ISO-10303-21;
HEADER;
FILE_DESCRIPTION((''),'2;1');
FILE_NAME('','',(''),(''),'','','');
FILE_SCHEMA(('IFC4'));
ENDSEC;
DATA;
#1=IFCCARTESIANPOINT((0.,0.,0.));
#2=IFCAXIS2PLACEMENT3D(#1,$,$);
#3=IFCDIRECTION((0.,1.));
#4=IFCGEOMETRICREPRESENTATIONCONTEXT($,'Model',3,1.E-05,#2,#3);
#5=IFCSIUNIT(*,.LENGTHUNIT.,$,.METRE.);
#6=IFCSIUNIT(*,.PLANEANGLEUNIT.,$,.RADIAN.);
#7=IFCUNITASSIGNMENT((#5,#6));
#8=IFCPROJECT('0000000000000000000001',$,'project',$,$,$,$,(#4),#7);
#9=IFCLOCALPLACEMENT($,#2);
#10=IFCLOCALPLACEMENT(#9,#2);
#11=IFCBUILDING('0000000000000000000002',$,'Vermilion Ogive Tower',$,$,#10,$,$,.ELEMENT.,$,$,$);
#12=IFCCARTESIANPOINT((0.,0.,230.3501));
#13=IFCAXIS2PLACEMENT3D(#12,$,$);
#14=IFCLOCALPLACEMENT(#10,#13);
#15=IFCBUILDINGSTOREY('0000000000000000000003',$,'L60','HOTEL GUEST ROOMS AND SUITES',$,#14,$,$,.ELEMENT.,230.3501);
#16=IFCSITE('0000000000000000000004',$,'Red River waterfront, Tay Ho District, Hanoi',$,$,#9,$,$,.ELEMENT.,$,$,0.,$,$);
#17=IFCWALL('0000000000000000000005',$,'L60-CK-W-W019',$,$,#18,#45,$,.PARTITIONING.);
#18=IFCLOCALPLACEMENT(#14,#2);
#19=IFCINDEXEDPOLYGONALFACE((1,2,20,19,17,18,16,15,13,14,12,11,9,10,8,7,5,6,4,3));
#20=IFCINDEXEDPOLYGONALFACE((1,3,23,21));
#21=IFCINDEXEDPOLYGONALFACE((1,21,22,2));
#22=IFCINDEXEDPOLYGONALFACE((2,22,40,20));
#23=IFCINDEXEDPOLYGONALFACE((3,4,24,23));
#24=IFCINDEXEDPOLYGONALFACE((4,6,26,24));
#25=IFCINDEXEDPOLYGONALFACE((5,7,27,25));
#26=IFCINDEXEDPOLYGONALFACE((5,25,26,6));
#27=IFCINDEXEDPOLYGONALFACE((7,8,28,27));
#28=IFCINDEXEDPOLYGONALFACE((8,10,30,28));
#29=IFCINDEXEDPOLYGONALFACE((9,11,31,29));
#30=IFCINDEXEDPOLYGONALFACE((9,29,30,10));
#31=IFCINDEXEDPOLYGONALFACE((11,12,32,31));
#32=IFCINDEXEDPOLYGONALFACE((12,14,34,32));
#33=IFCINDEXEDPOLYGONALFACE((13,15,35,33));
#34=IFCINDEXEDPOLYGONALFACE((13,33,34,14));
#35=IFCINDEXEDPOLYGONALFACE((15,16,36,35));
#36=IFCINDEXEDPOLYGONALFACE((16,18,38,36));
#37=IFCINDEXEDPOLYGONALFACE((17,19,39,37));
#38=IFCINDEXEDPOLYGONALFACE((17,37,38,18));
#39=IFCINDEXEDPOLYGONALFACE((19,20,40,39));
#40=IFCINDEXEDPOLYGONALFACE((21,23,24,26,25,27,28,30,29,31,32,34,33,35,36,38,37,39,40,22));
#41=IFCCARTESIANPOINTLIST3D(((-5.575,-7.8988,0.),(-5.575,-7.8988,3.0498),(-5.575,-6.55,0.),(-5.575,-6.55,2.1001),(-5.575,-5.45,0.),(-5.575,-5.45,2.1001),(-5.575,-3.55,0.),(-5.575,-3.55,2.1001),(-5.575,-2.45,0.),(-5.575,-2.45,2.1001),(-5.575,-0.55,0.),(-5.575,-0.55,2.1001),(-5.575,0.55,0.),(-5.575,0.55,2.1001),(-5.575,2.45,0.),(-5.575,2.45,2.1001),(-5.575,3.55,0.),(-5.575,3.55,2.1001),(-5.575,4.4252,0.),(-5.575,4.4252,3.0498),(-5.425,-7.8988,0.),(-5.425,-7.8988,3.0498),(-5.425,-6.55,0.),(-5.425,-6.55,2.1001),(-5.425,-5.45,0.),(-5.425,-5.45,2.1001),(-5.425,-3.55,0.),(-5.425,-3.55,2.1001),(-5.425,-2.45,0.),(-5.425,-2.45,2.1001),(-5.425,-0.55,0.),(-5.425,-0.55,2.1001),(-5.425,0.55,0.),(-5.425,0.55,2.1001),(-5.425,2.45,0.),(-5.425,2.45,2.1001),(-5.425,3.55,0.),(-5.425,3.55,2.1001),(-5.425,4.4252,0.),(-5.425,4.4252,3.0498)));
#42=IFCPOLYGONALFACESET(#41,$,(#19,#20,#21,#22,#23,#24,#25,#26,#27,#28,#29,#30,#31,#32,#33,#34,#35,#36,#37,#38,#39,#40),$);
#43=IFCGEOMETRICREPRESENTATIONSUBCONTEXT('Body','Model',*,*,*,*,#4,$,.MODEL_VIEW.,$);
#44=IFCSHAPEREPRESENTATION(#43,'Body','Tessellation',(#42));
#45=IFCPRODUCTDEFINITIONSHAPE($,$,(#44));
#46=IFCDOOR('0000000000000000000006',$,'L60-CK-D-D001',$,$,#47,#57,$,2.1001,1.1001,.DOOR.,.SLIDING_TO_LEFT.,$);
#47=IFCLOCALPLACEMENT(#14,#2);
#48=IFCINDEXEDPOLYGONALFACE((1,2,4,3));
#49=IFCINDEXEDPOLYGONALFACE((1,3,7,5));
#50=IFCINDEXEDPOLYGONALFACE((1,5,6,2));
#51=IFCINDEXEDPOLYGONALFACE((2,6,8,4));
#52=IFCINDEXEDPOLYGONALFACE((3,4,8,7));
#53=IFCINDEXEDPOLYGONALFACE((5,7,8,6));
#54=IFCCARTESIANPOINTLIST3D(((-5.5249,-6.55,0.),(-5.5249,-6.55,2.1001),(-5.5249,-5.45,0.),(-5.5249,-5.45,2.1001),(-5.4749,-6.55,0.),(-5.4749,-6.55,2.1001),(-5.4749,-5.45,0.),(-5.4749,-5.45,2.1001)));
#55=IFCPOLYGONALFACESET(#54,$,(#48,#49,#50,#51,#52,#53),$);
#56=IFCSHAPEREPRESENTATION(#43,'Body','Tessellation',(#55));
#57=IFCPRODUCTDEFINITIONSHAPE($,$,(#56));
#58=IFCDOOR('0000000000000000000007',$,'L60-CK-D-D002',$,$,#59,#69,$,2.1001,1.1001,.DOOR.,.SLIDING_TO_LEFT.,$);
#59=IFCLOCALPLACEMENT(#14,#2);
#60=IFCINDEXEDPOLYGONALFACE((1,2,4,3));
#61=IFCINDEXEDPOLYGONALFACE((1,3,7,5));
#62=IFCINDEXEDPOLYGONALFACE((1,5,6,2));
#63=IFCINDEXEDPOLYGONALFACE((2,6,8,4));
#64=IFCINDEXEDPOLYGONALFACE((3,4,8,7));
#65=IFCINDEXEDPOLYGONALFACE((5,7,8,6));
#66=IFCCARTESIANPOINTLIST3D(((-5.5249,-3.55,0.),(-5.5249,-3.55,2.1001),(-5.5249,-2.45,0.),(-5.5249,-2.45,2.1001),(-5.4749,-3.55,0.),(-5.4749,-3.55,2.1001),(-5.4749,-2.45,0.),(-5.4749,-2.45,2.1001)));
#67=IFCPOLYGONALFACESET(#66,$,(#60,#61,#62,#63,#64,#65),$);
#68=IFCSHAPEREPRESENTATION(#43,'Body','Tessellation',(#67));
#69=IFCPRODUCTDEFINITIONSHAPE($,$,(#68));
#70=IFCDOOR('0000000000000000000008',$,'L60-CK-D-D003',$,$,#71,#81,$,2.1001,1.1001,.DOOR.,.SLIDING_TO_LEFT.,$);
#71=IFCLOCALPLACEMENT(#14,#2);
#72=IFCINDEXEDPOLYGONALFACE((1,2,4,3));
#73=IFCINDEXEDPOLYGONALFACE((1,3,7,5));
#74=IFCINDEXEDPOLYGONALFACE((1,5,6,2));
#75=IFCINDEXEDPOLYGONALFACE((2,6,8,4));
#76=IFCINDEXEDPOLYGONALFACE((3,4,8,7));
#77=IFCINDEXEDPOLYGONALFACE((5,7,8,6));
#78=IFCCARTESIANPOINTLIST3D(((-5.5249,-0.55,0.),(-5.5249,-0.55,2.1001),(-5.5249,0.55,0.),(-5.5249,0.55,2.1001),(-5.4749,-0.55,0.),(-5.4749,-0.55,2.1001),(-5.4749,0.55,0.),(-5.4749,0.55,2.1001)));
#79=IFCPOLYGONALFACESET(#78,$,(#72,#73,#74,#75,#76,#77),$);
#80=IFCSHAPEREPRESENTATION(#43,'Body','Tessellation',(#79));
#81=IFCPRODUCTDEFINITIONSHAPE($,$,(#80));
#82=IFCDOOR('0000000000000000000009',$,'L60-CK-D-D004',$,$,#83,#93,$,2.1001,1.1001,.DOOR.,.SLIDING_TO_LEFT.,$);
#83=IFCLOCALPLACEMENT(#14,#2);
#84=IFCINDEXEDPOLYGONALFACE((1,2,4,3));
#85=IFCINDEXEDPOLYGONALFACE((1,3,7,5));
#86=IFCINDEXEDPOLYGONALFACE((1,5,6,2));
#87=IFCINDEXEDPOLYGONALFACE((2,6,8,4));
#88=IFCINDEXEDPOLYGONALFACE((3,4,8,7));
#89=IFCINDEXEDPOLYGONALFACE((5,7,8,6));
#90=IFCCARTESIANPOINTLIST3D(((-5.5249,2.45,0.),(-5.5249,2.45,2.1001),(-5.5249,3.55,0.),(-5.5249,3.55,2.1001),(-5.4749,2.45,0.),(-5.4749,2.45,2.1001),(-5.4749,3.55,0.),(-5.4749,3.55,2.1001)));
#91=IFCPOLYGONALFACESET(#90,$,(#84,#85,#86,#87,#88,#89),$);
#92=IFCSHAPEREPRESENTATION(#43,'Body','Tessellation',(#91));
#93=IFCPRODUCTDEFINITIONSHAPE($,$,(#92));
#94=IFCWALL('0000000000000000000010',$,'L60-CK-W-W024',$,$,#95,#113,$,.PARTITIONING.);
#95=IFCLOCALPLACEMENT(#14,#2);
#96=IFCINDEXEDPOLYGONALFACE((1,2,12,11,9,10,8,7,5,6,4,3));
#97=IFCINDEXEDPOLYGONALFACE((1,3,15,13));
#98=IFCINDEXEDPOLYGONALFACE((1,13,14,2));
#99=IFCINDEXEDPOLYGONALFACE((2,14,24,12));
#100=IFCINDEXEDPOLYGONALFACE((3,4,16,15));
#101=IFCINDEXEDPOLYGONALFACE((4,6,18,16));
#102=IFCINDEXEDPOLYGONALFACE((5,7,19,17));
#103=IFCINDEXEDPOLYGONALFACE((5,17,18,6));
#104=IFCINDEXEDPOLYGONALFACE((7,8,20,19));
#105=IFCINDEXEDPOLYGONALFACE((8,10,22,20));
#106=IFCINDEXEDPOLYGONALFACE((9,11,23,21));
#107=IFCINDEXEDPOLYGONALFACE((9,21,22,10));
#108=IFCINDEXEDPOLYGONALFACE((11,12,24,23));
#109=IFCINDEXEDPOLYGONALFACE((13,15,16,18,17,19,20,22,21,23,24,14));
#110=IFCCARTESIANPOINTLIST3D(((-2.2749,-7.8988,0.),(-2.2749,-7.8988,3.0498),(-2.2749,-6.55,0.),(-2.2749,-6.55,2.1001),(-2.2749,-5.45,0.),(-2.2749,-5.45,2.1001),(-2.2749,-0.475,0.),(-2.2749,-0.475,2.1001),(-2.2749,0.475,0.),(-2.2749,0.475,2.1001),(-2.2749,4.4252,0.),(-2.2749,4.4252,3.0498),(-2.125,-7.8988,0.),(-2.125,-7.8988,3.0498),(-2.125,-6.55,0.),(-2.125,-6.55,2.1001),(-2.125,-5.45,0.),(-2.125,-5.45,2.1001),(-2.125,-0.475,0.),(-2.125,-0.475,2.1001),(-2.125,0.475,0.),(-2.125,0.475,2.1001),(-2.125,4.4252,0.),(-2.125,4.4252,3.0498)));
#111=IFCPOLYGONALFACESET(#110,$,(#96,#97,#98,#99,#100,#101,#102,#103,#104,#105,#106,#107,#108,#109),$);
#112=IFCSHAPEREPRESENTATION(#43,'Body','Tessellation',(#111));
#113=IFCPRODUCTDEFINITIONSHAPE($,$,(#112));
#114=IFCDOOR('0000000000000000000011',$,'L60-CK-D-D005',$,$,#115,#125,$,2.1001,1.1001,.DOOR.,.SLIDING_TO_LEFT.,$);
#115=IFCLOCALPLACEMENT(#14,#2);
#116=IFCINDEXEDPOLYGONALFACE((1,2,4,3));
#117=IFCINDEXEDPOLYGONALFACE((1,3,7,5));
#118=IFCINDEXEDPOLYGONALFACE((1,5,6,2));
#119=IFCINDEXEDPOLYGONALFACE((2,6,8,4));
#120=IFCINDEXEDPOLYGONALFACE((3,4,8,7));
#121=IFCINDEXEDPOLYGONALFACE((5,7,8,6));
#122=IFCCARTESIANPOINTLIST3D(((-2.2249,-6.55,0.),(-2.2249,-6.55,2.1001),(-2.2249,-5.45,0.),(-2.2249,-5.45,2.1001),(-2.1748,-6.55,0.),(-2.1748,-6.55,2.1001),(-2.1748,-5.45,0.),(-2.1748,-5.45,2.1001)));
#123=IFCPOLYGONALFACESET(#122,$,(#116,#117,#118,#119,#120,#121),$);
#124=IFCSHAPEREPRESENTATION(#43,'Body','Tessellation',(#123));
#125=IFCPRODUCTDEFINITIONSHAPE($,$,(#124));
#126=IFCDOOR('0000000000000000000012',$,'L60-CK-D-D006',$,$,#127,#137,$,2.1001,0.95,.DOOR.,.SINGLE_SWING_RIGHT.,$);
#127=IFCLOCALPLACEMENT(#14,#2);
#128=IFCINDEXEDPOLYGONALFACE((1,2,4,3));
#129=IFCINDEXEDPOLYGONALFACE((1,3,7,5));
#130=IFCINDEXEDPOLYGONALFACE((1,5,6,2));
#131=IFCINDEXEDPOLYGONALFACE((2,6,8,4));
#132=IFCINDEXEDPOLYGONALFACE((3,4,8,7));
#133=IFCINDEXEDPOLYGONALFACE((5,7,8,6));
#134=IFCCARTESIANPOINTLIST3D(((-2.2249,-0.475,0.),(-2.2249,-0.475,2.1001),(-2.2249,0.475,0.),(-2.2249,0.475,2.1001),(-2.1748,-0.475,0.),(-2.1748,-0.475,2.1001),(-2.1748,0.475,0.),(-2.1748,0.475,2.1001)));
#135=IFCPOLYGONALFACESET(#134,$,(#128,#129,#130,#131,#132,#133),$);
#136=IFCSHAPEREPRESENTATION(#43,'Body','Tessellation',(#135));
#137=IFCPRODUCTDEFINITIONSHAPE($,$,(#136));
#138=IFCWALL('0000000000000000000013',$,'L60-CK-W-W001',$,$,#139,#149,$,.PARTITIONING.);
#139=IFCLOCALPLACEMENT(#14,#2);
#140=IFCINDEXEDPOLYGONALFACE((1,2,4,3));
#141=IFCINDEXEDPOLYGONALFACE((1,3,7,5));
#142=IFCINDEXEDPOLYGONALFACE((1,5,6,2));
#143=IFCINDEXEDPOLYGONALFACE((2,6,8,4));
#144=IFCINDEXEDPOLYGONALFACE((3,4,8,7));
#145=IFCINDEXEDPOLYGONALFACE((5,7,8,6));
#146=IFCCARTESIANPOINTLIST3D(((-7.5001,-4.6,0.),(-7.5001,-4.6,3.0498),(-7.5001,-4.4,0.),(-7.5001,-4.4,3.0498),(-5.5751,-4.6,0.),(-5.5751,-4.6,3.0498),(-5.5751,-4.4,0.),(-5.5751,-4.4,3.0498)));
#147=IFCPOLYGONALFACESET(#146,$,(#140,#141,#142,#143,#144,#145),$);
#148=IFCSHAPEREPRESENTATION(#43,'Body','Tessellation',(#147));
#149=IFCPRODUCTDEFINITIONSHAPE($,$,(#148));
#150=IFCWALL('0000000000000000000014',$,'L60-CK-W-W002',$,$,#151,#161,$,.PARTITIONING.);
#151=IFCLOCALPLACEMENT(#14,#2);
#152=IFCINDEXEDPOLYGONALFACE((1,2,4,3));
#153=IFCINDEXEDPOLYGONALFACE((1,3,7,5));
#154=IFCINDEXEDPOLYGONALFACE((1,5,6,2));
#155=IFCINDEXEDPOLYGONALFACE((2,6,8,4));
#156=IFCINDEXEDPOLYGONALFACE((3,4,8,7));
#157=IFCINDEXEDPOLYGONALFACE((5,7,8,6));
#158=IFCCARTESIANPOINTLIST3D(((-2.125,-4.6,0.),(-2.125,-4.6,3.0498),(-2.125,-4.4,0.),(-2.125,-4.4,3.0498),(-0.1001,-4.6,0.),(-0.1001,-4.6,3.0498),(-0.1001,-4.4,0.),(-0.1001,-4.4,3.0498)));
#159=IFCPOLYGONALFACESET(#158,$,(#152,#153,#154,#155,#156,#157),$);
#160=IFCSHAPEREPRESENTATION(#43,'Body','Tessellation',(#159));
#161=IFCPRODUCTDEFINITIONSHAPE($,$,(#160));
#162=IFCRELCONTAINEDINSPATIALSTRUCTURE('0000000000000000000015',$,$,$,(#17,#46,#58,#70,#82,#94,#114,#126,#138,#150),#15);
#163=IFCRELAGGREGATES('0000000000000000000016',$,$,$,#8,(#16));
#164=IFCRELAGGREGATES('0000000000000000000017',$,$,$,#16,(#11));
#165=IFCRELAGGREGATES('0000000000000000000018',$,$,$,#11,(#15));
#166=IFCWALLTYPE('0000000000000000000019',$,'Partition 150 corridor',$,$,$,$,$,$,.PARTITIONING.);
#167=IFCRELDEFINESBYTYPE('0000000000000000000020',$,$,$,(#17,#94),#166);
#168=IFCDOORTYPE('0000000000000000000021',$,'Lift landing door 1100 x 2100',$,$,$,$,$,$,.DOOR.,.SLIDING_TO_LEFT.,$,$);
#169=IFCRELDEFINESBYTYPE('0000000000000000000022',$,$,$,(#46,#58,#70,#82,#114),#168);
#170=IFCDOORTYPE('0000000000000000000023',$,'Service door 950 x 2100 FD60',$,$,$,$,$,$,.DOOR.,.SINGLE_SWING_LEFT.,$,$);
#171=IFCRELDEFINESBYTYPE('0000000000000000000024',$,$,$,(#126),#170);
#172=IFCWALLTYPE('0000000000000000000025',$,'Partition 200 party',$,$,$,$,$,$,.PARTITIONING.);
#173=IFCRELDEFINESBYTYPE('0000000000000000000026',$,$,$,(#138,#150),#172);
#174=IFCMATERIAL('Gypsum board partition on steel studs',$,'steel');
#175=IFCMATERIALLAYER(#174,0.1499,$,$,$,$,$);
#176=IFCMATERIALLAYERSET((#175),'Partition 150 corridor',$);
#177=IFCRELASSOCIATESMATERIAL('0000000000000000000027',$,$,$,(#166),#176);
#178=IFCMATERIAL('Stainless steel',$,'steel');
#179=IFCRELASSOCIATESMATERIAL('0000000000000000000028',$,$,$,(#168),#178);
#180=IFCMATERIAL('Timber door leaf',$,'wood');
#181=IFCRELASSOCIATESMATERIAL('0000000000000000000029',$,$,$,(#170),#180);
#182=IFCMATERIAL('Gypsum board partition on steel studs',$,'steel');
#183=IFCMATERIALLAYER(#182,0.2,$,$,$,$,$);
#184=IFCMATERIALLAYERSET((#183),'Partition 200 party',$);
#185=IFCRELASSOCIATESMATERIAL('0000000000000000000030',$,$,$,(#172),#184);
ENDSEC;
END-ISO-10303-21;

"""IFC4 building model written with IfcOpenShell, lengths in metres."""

from ifc_helpers import new_model, si_unit, direction, frame, frame_2d, origin, place, context, subcontext, project, spatial, rectangle, extrude, material, layer, layer_set, type_object, element, fill, save


model = new_model("IFC4")

# Units and contexts
model_context = context("Model", 3, precision=1e-05, world=origin(), true_north=direction((0.0, 1.0)))
body_context = subcontext(model_context, "Body", "Model", "MODEL_VIEW")
ifc_project = project(units=[si_unit("LENGTHUNIT", "METRE"), si_unit("PLANEANGLEUNIT", "RADIAN")], contexts=[model_context])

# Site, building, storey
site_placement = place(None, origin())
site = spatial("IfcSite", under=ifc_project, at=site_placement, Name="Red River waterfront, Tay Ho District, Hanoi", CompositionType="ELEMENT", RefElevation=0.0)
building_placement = place(site_placement, origin())
building = spatial("IfcBuilding", under=site, at=building_placement, Name="Vermilion Ogive Tower", CompositionType="ELEMENT")
storey_placement = place(building_placement, frame((0.0, 0.0, 230.3501)))
storey = spatial("IfcBuildingStorey", under=building, at=storey_placement, Name="L60", Description="HOTEL GUEST ROOMS AND SUITES", CompositionType="ELEMENT", Elevation=230.3501)

# Walls, openings, doors
ifc_material_1 = material(Name="Gypsum board partition on steel studs", Category="steel")
ifc_layer_1 = layer(ifc_material_1, 0.1499)
ifc_layer_set_1 = layer_set([ifc_layer_1], Name="Partition 150 corridor")
wall_type_1 = type_object("IfcWallType", Name="Partition 150 corridor", PredefinedType="PARTITIONING", material=ifc_layer_set_1)
wall_1_placement = place(storey_placement, frame((-5.5, -7.8989, 0.0), z_axis=(0.0, 0.0, 1.0), x_axis=(0.0, 1.0, 0.0)))
wall_1 = element("IfcWall", 1, at=wall_1_placement, inside=storey, type_object=wall_type_1, Name="L60-CK-W-W019", PredefinedType="PARTITIONING", context=body_context, shape_type="SweptSolid", body=[
    extrude(rectangle(XDim=12.324, YDim=0.1499, at=frame_2d((6.1621, 0.0))), origin(), (0.0, 0.0, 1.0), 3.0498),
])
opening_1_placement = place(wall_1_placement, frame((1.3489, 0.0, 0.0)))
opening_1 = element("IfcOpeningElement", 2, at=opening_1_placement, cuts=wall_1, PredefinedType="OPENING", context=body_context, shape_type="SweptSolid", body=[
    extrude(rectangle(XDim=1.1001, YDim=2.1001, at=frame_2d((0.55, 1.05))), frame((0.0, 0.085, 0.0), z_axis=(0.0, -1.0, 0.0), x_axis=(1.0, 0.0, 0.0)), (0.0, 0.0, 1.0), 0.1699),
])
opening_2_placement = place(wall_1_placement, frame((4.3489, 0.0, 0.0)))
opening_2 = element("IfcOpeningElement", 3, at=opening_2_placement, cuts=wall_1, PredefinedType="OPENING", context=body_context, shape_type="SweptSolid", body=[
    extrude(rectangle(XDim=1.1001, YDim=2.1001, at=frame_2d((0.55, 1.05))), frame((0.0, 0.085, 0.0), z_axis=(0.0, -1.0, 0.0), x_axis=(1.0, 0.0, 0.0)), (0.0, 0.0, 1.0), 0.1699),
])
opening_3_placement = place(wall_1_placement, frame((7.3489, 0.0, 0.0)))
opening_3 = element("IfcOpeningElement", 4, at=opening_3_placement, cuts=wall_1, PredefinedType="OPENING", context=body_context, shape_type="SweptSolid", body=[
    extrude(rectangle(XDim=1.1001, YDim=2.1001, at=frame_2d((0.55, 1.05))), frame((0.0, 0.085, 0.0), z_axis=(0.0, -1.0, 0.0), x_axis=(1.0, 0.0, 0.0)), (0.0, 0.0, 1.0), 0.1699),
])
opening_4_placement = place(wall_1_placement, frame((10.3489, 0.0, 0.0)))
opening_4 = element("IfcOpeningElement", 5, at=opening_4_placement, cuts=wall_1, PredefinedType="OPENING", context=body_context, shape_type="SweptSolid", body=[
    extrude(rectangle(XDim=1.1001, YDim=2.1001, at=frame_2d((0.55, 1.05))), frame((0.0, 0.085, 0.0), z_axis=(0.0, -1.0, 0.0), x_axis=(1.0, 0.0, 0.0)), (0.0, 0.0, 1.0), 0.1699),
])
ifc_material_2 = material(Name="Stainless steel", Category="steel")
door_type_1 = type_object("IfcDoorType", Name="Lift landing door 1100 x 2100", OperationType="SLIDING_TO_LEFT", PredefinedType="DOOR", material=ifc_material_2)
door_1_placement = place(opening_1_placement, origin())
door_1 = element("IfcDoor", 6, at=door_1_placement, inside=storey, type_object=door_type_1, Name="L60-CK-D-D001", OperationType="SLIDING_TO_LEFT", OverallHeight=2.1001, OverallWidth=1.1001, PredefinedType="DOOR", context=body_context, shape_type="SweptSolid", body=[
    extrude(rectangle(XDim=1.1001, YDim=2.1001, at=frame_2d((0.55, 1.05))), frame((0.0, 0.0249, 0.0), z_axis=(0.0, -1.0, 0.0), x_axis=(1.0, 0.0, 0.0)), (0.0, 0.0, 1.0), 0.05),
])
fill(opening_1, door_1)
door_2_placement = place(opening_2_placement, origin())
door_2 = element("IfcDoor", 7, at=door_2_placement, inside=storey, type_object=door_type_1, Name="L60-CK-D-D002", OperationType="SLIDING_TO_LEFT", OverallHeight=2.1001, OverallWidth=1.1001, PredefinedType="DOOR", context=body_context, shape_type="SweptSolid", body=[
    extrude(rectangle(XDim=1.1001, YDim=2.1001, at=frame_2d((0.55, 1.05))), frame((0.0, 0.0249, 0.0), z_axis=(0.0, -1.0, 0.0), x_axis=(1.0, 0.0, 0.0)), (0.0, 0.0, 1.0), 0.05),
])
fill(opening_2, door_2)
door_3_placement = place(opening_3_placement, origin())
door_3 = element("IfcDoor", 8, at=door_3_placement, inside=storey, type_object=door_type_1, Name="L60-CK-D-D003", OperationType="SLIDING_TO_LEFT", OverallHeight=2.1001, OverallWidth=1.1001, PredefinedType="DOOR", context=body_context, shape_type="SweptSolid", body=[
    extrude(rectangle(XDim=1.1001, YDim=2.1001, at=frame_2d((0.55, 1.05))), frame((0.0, 0.0249, 0.0), z_axis=(0.0, -1.0, 0.0), x_axis=(1.0, 0.0, 0.0)), (0.0, 0.0, 1.0), 0.05),
])
fill(opening_3, door_3)
door_4_placement = place(opening_4_placement, origin())
door_4 = element("IfcDoor", 9, at=door_4_placement, inside=storey, type_object=door_type_1, Name="L60-CK-D-D004", OperationType="SLIDING_TO_LEFT", OverallHeight=2.1001, OverallWidth=1.1001, PredefinedType="DOOR", context=body_context, shape_type="SweptSolid", body=[
    extrude(rectangle(XDim=1.1001, YDim=2.1001, at=frame_2d((0.55, 1.05))), frame((0.0, 0.0249, 0.0), z_axis=(0.0, -1.0, 0.0), x_axis=(1.0, 0.0, 0.0)), (0.0, 0.0, 1.0), 0.05),
])
fill(opening_4, door_4)
wall_2_placement = place(storey_placement, frame((-2.2, -7.8989, 0.0), z_axis=(0.0, 0.0, 1.0), x_axis=(0.0, 1.0, 0.0)))
wall_2 = element("IfcWall", 10, at=wall_2_placement, inside=storey, type_object=wall_type_1, Name="L60-CK-W-W024", PredefinedType="PARTITIONING", context=body_context, shape_type="SweptSolid", body=[
    extrude(rectangle(XDim=12.324, YDim=0.1499, at=frame_2d((6.1621, 0.0))), origin(), (0.0, 0.0, 1.0), 3.0498),
])
opening_5_placement = place(wall_2_placement, frame((1.3489, 0.0, 0.0)))
opening_5 = element("IfcOpeningElement", 11, at=opening_5_placement, cuts=wall_2, PredefinedType="OPENING", context=body_context, shape_type="SweptSolid", body=[
    extrude(rectangle(XDim=1.1001, YDim=2.1001, at=frame_2d((0.55, 1.05))), frame((0.0, 0.085, 0.0), z_axis=(0.0, -1.0, 0.0), x_axis=(1.0, 0.0, 0.0)), (0.0, 0.0, 1.0), 0.1699),
])
opening_6_placement = place(wall_2_placement, frame((7.4238, 0.0, 0.0)))
opening_6 = element("IfcOpeningElement", 12, at=opening_6_placement, cuts=wall_2, PredefinedType="OPENING", context=body_context, shape_type="SweptSolid", body=[
    extrude(rectangle(XDim=0.95, YDim=2.1001, at=frame_2d((0.4751, 1.05))), frame((0.0, 0.085, 0.0), z_axis=(0.0, -1.0, 0.0), x_axis=(1.0, 0.0, 0.0)), (0.0, 0.0, 1.0), 0.1699),
])
door_5_placement = place(opening_5_placement, origin())
door_5 = element("IfcDoor", 13, at=door_5_placement, inside=storey, type_object=door_type_1, Name="L60-CK-D-D005", OperationType="SLIDING_TO_LEFT", OverallHeight=2.1001, OverallWidth=1.1001, PredefinedType="DOOR", context=body_context, shape_type="SweptSolid", body=[
    extrude(rectangle(XDim=1.1001, YDim=2.1001, at=frame_2d((0.55, 1.05))), frame((0.0, 0.0249, 0.0), z_axis=(0.0, -1.0, 0.0), x_axis=(1.0, 0.0, 0.0)), (0.0, 0.0, 1.0), 0.05),
])
fill(opening_5, door_5)
ifc_material_3 = material(Name="Timber door leaf", Category="wood")
door_type_2 = type_object("IfcDoorType", Name="Service door 950 x 2100 FD60", OperationType="SINGLE_SWING_LEFT", PredefinedType="DOOR", material=ifc_material_3)
door_6_placement = place(opening_6_placement, origin())
door_6 = element("IfcDoor", 14, at=door_6_placement, inside=storey, type_object=door_type_2, Name="L60-CK-D-D006", OperationType="SINGLE_SWING_RIGHT", OverallHeight=2.1001, OverallWidth=0.95, PredefinedType="DOOR", context=body_context, shape_type="SweptSolid", body=[
    extrude(rectangle(XDim=0.95, YDim=2.1001, at=frame_2d((0.4751, 1.05))), frame((0.0, 0.0249, 0.0), z_axis=(0.0, -1.0, 0.0), x_axis=(1.0, 0.0, 0.0)), (0.0, 0.0, 1.0), 0.05),
])
fill(opening_6, door_6)

# Walls
ifc_material_4 = material(Name="Gypsum board partition on steel studs", Category="steel")
ifc_layer_2 = layer(ifc_material_4, 0.2)
ifc_layer_set_2 = layer_set([ifc_layer_2], Name="Partition 200 party")
wall_type_2 = type_object("IfcWallType", Name="Partition 200 party", PredefinedType="PARTITIONING", material=ifc_layer_set_2)
wall_3_placement = place(storey_placement, frame((-7.5, -4.5, 0.0), z_axis=(0.0, 0.0, 1.0), x_axis=(1.0, 0.0, 0.0)))
element("IfcWall", 15, at=wall_3_placement, inside=storey, type_object=wall_type_2, Name="L60-CK-W-W001", PredefinedType="PARTITIONING", context=body_context, shape_type="SweptSolid", body=[
    extrude(rectangle(XDim=1.925, YDim=0.2, at=frame_2d((0.9624, 0.0))), origin(), (0.0, 0.0, 1.0), 3.0498),
])
wall_4_placement = place(storey_placement, frame((-2.125, -4.5, 0.0), z_axis=(0.0, 0.0, 1.0), x_axis=(1.0, 0.0, 0.0)))
element("IfcWall", 16, at=wall_4_placement, inside=storey, type_object=wall_type_2, Name="L60-CK-W-W002", PredefinedType="PARTITIONING", context=body_context, shape_type="SweptSolid", body=[
    extrude(rectangle(XDim=2.0249, YDim=0.2, at=frame_2d((1.0125, 0.0))), origin(), (0.0, 0.0, 1.0), 3.0498),
])

save(model, "model.ifc")
